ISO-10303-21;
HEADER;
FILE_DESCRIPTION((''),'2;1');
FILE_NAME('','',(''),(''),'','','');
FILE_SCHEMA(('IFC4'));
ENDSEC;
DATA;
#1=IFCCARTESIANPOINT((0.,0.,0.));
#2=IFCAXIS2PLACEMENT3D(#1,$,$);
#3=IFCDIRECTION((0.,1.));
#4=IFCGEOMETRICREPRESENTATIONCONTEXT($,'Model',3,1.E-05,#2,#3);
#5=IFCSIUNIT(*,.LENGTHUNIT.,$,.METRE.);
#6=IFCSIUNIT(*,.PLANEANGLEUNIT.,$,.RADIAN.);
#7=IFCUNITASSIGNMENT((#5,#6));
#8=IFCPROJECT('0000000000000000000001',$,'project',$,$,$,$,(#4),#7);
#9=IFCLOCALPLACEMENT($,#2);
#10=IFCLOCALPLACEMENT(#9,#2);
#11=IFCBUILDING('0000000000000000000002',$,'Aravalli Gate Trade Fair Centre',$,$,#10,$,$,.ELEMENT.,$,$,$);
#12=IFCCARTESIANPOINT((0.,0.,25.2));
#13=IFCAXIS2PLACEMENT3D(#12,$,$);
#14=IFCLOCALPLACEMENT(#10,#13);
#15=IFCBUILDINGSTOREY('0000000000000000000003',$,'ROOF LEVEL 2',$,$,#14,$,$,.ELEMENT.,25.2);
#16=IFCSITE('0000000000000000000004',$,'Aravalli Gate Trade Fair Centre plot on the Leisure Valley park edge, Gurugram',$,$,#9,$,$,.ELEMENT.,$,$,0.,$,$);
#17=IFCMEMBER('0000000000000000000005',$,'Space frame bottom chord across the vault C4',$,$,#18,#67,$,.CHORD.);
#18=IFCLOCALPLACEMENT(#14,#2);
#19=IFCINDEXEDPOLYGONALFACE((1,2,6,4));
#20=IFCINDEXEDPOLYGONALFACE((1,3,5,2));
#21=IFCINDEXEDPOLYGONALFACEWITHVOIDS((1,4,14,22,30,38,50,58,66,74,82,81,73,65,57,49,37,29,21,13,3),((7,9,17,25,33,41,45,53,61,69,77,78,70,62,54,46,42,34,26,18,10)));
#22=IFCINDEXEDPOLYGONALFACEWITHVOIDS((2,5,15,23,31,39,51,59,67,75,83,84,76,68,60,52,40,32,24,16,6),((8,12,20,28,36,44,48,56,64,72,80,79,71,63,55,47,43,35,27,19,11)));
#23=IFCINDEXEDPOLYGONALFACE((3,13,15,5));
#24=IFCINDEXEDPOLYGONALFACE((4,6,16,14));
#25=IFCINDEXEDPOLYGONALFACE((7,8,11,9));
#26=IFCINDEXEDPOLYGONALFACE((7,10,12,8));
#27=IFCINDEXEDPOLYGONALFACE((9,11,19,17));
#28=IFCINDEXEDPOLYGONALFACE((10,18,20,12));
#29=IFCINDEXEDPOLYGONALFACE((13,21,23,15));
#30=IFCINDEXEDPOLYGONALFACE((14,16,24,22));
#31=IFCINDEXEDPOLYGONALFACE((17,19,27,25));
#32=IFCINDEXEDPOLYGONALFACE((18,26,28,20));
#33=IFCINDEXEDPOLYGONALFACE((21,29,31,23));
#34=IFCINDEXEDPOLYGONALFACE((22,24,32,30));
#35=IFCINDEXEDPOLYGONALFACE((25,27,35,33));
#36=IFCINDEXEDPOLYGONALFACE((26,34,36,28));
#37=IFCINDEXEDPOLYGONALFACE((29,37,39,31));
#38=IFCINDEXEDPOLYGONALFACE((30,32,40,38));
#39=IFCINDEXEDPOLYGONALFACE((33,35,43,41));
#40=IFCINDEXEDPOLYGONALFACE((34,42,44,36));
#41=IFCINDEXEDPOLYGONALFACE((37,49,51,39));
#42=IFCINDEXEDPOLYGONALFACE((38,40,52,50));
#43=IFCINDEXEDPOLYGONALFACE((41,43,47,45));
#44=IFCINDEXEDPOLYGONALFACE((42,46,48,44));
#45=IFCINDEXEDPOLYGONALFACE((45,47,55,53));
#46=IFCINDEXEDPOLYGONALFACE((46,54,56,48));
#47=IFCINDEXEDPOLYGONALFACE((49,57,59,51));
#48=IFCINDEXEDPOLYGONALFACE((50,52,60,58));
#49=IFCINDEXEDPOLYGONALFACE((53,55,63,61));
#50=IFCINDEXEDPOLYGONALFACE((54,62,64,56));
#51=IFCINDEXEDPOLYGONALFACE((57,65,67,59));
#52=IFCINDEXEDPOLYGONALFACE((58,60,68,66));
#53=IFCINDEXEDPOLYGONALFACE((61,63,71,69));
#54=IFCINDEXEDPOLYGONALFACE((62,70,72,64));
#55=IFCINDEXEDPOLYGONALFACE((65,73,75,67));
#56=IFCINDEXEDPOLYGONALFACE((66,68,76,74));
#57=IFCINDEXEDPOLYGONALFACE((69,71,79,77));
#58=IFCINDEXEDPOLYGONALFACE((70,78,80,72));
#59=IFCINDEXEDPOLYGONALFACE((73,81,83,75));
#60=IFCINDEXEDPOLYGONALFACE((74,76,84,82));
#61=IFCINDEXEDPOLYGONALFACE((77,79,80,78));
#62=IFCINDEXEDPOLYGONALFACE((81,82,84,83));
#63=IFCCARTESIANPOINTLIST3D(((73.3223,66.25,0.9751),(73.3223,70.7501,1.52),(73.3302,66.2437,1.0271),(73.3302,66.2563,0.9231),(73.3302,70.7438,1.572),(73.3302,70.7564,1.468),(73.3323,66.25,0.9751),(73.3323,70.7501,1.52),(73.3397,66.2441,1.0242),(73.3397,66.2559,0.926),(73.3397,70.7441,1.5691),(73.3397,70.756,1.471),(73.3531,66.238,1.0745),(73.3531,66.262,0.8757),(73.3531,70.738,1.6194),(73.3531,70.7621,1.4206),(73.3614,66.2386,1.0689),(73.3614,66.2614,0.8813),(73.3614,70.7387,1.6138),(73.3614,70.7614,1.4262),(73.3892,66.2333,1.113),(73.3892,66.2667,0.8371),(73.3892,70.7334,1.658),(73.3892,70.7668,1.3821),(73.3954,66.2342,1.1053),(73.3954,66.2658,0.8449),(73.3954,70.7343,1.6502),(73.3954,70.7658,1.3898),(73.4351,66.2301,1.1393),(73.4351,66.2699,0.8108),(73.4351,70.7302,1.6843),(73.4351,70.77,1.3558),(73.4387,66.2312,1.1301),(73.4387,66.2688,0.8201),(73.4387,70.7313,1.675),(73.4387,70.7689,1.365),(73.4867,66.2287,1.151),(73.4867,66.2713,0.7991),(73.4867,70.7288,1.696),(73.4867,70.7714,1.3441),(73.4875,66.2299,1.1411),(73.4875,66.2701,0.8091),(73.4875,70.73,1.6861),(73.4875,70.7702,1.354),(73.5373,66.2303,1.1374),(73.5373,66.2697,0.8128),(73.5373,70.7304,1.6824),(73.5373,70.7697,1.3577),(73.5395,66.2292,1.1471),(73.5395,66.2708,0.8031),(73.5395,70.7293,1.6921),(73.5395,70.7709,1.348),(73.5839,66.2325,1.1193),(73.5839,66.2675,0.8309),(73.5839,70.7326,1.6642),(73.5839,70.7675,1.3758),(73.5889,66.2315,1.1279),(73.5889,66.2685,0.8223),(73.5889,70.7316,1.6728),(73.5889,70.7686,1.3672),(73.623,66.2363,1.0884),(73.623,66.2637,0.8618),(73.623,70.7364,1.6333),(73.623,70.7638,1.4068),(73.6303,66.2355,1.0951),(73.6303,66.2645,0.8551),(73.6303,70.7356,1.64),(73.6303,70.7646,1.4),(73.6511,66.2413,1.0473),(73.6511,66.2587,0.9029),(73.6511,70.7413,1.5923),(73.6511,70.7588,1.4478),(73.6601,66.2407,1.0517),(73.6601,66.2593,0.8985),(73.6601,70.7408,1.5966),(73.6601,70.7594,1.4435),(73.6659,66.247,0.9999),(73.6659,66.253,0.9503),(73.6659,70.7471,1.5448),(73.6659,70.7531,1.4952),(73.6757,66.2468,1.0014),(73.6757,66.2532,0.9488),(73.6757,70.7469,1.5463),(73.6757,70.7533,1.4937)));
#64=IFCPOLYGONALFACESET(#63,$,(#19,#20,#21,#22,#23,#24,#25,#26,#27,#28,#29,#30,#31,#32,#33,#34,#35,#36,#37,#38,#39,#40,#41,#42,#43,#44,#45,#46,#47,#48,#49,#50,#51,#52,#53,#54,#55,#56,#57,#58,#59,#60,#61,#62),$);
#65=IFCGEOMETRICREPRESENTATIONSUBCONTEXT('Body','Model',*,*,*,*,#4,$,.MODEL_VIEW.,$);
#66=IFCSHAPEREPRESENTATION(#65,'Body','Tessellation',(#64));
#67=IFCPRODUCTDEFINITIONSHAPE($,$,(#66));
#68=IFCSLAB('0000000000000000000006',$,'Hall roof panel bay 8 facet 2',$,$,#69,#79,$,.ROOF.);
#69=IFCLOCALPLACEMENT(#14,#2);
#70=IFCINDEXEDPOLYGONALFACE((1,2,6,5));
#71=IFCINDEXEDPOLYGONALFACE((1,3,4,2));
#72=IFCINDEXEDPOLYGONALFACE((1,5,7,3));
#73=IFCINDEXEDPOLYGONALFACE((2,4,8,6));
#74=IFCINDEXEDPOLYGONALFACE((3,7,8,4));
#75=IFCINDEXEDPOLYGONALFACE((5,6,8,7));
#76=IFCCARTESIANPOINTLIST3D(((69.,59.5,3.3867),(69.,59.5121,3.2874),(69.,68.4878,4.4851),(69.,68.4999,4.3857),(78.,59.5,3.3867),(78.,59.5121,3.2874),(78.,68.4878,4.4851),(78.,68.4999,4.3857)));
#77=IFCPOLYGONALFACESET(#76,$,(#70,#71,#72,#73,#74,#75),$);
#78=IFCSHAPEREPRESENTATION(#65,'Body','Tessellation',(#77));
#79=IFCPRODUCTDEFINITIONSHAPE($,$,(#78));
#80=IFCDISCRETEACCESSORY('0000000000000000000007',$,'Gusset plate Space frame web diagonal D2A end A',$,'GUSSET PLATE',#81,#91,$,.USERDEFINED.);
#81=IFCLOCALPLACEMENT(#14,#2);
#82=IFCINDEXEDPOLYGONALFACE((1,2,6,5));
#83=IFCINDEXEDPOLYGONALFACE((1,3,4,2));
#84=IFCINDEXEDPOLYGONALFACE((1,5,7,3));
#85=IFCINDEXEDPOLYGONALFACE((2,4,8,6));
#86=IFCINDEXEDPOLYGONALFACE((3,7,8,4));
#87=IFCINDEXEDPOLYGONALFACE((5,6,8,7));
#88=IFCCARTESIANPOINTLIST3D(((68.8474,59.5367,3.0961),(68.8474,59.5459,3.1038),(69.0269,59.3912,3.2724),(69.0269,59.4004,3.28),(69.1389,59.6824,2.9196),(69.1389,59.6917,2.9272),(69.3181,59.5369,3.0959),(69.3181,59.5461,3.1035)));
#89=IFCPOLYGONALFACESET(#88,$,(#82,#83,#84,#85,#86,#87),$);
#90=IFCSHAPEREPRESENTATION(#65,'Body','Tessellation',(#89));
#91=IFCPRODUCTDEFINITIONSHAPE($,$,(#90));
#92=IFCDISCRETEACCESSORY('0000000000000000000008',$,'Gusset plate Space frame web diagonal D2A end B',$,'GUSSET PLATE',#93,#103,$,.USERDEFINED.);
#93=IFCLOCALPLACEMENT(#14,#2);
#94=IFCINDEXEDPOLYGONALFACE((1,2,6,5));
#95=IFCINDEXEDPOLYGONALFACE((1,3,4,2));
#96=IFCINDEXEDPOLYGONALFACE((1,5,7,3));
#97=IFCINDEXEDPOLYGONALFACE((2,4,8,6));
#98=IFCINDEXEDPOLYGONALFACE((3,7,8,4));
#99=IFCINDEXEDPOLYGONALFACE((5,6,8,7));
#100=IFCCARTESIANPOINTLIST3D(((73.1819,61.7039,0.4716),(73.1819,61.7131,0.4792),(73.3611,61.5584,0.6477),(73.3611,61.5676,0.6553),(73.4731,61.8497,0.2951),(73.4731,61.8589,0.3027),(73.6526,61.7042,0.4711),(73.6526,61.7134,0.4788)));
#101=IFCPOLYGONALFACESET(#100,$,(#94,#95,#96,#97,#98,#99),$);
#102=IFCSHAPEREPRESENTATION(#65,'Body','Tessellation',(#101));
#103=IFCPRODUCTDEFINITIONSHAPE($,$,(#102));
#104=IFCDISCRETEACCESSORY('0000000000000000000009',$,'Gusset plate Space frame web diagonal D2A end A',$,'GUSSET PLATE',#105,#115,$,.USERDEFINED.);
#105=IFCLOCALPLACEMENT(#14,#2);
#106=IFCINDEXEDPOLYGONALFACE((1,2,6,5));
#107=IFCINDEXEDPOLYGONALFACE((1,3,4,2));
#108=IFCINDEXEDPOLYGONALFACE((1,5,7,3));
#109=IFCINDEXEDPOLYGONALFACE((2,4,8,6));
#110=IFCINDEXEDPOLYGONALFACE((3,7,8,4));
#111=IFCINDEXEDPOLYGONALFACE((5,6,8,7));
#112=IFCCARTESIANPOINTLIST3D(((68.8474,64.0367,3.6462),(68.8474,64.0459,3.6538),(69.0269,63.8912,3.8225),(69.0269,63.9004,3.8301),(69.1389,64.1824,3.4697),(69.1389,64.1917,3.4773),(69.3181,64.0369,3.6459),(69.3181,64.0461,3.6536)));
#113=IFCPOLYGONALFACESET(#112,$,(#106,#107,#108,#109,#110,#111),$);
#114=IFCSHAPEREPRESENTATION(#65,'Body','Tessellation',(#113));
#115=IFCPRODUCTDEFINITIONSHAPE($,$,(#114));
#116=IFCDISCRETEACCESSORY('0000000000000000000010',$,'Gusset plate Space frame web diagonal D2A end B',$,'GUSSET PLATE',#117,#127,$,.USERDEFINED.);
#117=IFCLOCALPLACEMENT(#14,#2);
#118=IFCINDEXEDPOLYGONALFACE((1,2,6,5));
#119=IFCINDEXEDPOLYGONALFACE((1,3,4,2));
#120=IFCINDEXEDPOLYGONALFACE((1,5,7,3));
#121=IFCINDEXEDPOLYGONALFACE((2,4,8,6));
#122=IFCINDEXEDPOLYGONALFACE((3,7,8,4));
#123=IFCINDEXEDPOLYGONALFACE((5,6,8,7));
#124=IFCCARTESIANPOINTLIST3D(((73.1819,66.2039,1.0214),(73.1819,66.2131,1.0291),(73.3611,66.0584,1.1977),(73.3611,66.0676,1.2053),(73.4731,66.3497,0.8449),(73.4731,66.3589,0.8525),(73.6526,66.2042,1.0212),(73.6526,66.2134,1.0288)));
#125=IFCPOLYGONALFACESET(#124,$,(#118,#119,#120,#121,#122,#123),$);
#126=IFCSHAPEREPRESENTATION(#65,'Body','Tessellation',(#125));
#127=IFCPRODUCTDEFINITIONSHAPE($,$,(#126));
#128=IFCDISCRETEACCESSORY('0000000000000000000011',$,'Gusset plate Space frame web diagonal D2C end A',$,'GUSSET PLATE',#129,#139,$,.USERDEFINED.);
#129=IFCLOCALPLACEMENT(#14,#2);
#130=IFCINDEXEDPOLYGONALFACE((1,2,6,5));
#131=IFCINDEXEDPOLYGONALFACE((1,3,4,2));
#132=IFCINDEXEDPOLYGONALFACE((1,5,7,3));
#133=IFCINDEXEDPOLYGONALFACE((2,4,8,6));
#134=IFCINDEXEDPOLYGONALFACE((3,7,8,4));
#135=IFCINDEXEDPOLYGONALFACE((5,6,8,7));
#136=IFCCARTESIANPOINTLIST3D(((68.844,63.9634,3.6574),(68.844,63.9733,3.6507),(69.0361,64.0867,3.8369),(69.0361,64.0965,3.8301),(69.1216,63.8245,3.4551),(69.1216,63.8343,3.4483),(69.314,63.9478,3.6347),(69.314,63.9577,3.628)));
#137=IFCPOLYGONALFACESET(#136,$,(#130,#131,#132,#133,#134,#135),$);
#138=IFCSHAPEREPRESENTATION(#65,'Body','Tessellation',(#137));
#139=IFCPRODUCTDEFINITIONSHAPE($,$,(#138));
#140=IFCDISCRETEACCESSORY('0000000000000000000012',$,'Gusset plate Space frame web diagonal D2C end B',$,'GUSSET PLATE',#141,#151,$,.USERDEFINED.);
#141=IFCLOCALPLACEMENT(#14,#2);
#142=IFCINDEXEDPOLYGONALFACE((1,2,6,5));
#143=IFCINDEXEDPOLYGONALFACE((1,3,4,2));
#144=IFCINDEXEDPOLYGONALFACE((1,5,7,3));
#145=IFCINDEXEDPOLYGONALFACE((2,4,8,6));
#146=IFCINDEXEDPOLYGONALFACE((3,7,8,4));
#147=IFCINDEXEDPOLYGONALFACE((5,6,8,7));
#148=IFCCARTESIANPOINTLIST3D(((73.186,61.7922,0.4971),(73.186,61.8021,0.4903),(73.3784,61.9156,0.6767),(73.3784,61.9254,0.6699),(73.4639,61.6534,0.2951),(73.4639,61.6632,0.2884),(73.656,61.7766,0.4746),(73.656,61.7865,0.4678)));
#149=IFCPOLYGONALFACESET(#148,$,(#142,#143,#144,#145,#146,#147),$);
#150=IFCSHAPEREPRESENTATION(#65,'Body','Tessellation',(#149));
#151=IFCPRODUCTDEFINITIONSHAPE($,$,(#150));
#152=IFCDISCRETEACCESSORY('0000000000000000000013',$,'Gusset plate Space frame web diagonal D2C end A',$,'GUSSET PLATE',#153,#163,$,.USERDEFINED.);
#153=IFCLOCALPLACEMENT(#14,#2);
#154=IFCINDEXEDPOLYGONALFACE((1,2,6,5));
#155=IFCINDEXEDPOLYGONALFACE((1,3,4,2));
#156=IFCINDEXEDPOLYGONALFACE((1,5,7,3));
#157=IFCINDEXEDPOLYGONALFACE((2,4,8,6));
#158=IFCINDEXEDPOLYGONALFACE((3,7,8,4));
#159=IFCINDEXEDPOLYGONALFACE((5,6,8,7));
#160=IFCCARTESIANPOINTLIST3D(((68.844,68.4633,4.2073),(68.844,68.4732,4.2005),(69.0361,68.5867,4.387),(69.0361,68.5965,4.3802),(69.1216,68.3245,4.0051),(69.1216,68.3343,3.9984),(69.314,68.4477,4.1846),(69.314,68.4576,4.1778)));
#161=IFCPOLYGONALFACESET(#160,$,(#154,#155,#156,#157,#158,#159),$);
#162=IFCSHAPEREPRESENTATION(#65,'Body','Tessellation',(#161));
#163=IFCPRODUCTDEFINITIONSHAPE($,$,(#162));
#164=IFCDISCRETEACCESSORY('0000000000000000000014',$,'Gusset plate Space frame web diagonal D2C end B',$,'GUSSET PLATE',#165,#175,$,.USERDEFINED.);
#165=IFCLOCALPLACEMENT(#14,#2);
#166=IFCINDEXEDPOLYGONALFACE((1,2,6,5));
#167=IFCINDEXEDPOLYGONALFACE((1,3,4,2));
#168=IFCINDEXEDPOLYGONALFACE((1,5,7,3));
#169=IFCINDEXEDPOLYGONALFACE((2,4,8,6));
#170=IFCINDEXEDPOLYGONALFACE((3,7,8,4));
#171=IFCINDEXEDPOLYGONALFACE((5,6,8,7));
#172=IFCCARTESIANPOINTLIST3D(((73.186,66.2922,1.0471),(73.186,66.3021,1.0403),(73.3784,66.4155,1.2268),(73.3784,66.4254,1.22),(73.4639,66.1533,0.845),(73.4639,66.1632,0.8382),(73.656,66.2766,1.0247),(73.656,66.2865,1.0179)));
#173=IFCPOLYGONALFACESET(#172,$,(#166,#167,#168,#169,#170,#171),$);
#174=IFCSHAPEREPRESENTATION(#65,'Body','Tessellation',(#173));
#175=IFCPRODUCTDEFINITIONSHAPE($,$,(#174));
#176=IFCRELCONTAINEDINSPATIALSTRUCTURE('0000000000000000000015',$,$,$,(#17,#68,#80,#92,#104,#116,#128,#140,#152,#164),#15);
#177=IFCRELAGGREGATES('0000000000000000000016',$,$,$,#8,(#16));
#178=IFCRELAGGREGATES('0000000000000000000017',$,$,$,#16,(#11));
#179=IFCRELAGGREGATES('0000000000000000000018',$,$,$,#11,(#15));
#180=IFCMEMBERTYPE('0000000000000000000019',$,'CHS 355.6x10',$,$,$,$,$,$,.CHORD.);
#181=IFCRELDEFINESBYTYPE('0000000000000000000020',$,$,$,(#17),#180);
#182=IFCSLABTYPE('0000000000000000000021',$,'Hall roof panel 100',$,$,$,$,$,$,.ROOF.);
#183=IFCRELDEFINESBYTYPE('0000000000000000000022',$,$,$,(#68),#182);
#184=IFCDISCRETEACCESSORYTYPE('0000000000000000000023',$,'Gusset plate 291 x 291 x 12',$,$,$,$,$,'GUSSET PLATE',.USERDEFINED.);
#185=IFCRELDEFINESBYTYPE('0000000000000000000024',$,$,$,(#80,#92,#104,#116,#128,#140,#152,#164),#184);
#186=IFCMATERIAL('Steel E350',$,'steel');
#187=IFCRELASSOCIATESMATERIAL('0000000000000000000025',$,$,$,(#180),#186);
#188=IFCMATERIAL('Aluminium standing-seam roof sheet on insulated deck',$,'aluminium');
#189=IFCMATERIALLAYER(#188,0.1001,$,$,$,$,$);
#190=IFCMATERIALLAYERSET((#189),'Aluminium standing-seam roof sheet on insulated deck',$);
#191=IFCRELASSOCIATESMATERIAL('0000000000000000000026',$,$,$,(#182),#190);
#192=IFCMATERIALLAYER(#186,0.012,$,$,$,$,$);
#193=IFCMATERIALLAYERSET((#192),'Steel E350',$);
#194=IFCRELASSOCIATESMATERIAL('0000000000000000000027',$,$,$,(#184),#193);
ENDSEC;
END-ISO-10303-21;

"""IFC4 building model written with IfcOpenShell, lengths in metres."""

from ifc_helpers import new_model, si_unit, direction, frame, origin, origin_2d, place, context, subcontext, project, spatial, polyline, hollow_circle, outline, extrude, material, layer, layer_set, material_profile, profile_set, type_object, element, save


model = new_model("IFC4")

# Units and contexts
model_context = context("Model", 3, precision=1e-05, world=origin(), true_north=direction((0.0, 1.0)))
body_context = subcontext(model_context, "Body", "Model", "MODEL_VIEW")
ifc_project = project(units=[si_unit("LENGTHUNIT", "METRE"), si_unit("PLANEANGLEUNIT", "RADIAN")], contexts=[model_context])

# Site, building, storey
site_placement = place(None, origin())
site = spatial("IfcSite", under=ifc_project, at=site_placement, Name="Aravalli Gate Trade Fair Centre plot on the Leisure Valley park edge, Gurugram", CompositionType="ELEMENT", RefElevation=0.0)
building_placement = place(site_placement, origin())
building = spatial("IfcBuilding", under=site, at=building_placement, Name="Aravalli Gate Trade Fair Centre", CompositionType="ELEMENT")
storey_placement = place(building_placement, frame((0.0, 0.0, 25.2)))
storey = spatial("IfcBuildingStorey", under=building, at=storey_placement, Name="ROOF LEVEL 2", CompositionType="ELEMENT", Elevation=25.2)

# Member
ifc_material_1 = material(Name="Steel E350", Category="steel")
ifc_material_profile_1 = material_profile(ifc_material_1, hollow_circle(Radius=0.1777, WallThickness=0.01, at=origin_2d()), Name="CHS 355.6x10")
ifc_profile_set_1 = profile_set([ifc_material_profile_1], Name="Steel E350")
member_type_1 = type_object("IfcMemberType", Name="CHS 355.6x10", PredefinedType="CHORD", material=ifc_profile_set_1)
member_1_placement = place(storey_placement, frame((73.5, 66.25, 0.9751), z_axis=(0.0, 0.992748, 0.120216), x_axis=(-1.0, 0.0, 0.0)))
element("IfcMember", 1, at=member_1_placement, inside=storey, type_object=member_type_1, Name="Space frame bottom chord across the vault C4", PredefinedType="CHORD", context=body_context, shape_type="SweptSolid", body=[
    extrude(hollow_circle(Radius=0.1777, WallThickness=0.01, at=origin_2d()), origin(), (0.0, 0.0, 1.0), 4.533),
])

# Slab
ifc_material_2 = material(Name="Aluminium standing-seam roof sheet on insulated deck", Category="aluminium")
ifc_layer_1 = layer(ifc_material_2, 0.1001)
ifc_layer_set_1 = layer_set([ifc_layer_1], Name="Aluminium standing-seam roof sheet on insulated deck")
slab_type = type_object("IfcSlabType", Name="Hall roof panel 100", PredefinedType="ROOF", material=ifc_layer_set_1)
slab_placement = place(storey_placement, frame((69.0, 59.5, 3.3867), z_axis=(0.0, -0.121306, 0.992615), x_axis=(1.0, 0.0, 0.0)))
element("IfcSlab", 2, at=slab_placement, inside=storey, type_object=slab_type, Name="Hall roof panel bay 8 facet 2", PredefinedType="ROOF", context=body_context, shape_type="SweptSolid", body=[
    extrude(outline(polyline([(0.0, 0.0), (9.0, 0.0), (9.0, 9.0547), (0.0, 9.0547), (0.0, 0.0)])), origin(), (0.0, 0.0, -1.0), 0.1001),
])

# Discrete accessories
ifc_layer_2 = layer(ifc_material_1, 0.012)
ifc_layer_set_2 = layer_set([ifc_layer_2], Name="Steel E350")
discrete_accessory_type = type_object("IfcDiscreteAccessoryType", Name="Gusset plate 291 x 291 x 12", ElementType="GUSSET PLATE", PredefinedType="USERDEFINED", material=ifc_layer_set_2)
discrete_accessory_1_placement = place(storey_placement, frame((69.1389, 59.6917, 2.9272), z_axis=(-0.00007, 0.771155, 0.636648), x_axis=(-0.786484, -0.393242, 0.476238)))
element("IfcDiscreteAccessory", 3, at=discrete_accessory_1_placement, inside=storey, type_object=discrete_accessory_type, Name="Gusset plate Space frame web diagonal D2A end A", ObjectType="GUSSET PLATE", PredefinedType="USERDEFINED", context=body_context, shape_type="SweptSolid", body=[
    extrude(outline(polyline([(0.0, 0.0), (0.3706, 0.0), (0.3707, 0.2906), (0.0002, 0.2904), (0.0, 0.0)])), origin(), (0.0, 0.0, -1.0), 0.012),
])
discrete_accessory_2_placement = place(storey_placement, frame((73.1819, 61.7131, 0.4792), z_axis=(0.000261, 0.770887, 0.636972), x_axis=(0.786233, 0.393446, -0.476485)))
element("IfcDiscreteAccessory", 4, at=discrete_accessory_2_placement, inside=storey, type_object=discrete_accessory_type, Name="Gusset plate Space frame web diagonal D2A end B", ObjectType="GUSSET PLATE", PredefinedType="USERDEFINED", context=body_context, shape_type="SweptSolid", body=[
    extrude(outline(polyline([(0.0, 0.0), (0.3704, 0.0), (0.3704, -0.2904), (-0.0002, -0.2903), (0.0, 0.0)])), origin(), (0.0, 0.0, -1.0), 0.012),
])
discrete_accessory_3_placement = place(storey_placement, frame((69.1389, 64.1917, 3.4773), z_axis=(-0.00007, 0.771155, 0.636648), x_axis=(-0.786484, -0.393242, 0.476238)))
element("IfcDiscreteAccessory", 5, at=discrete_accessory_3_placement, inside=storey, type_object=discrete_accessory_type, Name="Gusset plate Space frame web diagonal D2A end A", ObjectType="GUSSET PLATE", PredefinedType="USERDEFINED", context=body_context, shape_type="SweptSolid", body=[
    extrude(outline(polyline([(0.0, 0.0), (0.3706, 0.0), (0.3707, 0.2906), (0.0002, 0.2904), (0.0, 0.0)])), origin(), (0.0, 0.0, -1.0), 0.012),
])
discrete_accessory_4_placement = place(storey_placement, frame((73.1819, 66.2131, 1.0291), z_axis=(-0.00007, 0.771155, 0.636648), x_axis=(0.786233, 0.393446, -0.476485)))
element("IfcDiscreteAccessory", 6, at=discrete_accessory_4_placement, inside=storey, type_object=discrete_accessory_type, Name="Gusset plate Space frame web diagonal D2A end B", ObjectType="GUSSET PLATE", PredefinedType="USERDEFINED", context=body_context, shape_type="SweptSolid", body=[
    extrude(outline(polyline([(0.0, 0.0), (0.3704, 0.0), (0.3703, -0.2906), (-0.0003, -0.2904), (0.0, 0.0)])), origin(), (0.0, 0.0, -1.0), 0.012),
])
discrete_accessory_5_placement = place(storey_placement, frame((69.1216, 63.8245, 3.4551), z_axis=(-0.000059, -0.824356, 0.566072), x_axis=(-0.749102, 0.375034, 0.546073)))
element("IfcDiscreteAccessory", 7, at=discrete_accessory_5_placement, inside=storey, type_object=discrete_accessory_type, Name="Gusset plate Space frame web diagonal D2C end A", ObjectType="GUSSET PLATE", PredefinedType="USERDEFINED", context=body_context, shape_type="SweptSolid", body=[
    extrude(outline(polyline([(0.0, 0.0), (0.3706, 0.0), (0.3709, -0.2904), (0.0002, -0.2907), (0.0, 0.0)])), origin(), (0.0, 0.0, -1.0), 0.012),
])
discrete_accessory_6_placement = place(storey_placement, frame((73.186, 61.7922, 0.4971), z_axis=(-0.000339, -0.824216, 0.566276), x_axis=(0.749929, -0.374811, -0.545089)))
element("IfcDiscreteAccessory", 8, at=discrete_accessory_6_placement, inside=storey, type_object=discrete_accessory_type, Name="Gusset plate Space frame web diagonal D2C end B", ObjectType="GUSSET PLATE", PredefinedType="USERDEFINED", context=body_context, shape_type="SweptSolid", body=[
    extrude(outline(polyline([(0.0, 0.0), (0.3705, 0.0), (0.3705, 0.2904), (0.0001, 0.2907), (0.0, 0.0)])), origin(), (0.0, 0.0, -1.0), 0.012),
])
discrete_accessory_7_placement = place(storey_placement, frame((69.1216, 68.3245, 4.0051), z_axis=(-0.000059, -0.824356, 0.566072), x_axis=(-0.749371, 0.374861, 0.545822)))
element("IfcDiscreteAccessory", 9, at=discrete_accessory_7_placement, inside=storey, type_object=discrete_accessory_type, Name="Gusset plate Space frame web diagonal D2C end A", ObjectType="GUSSET PLATE", PredefinedType="USERDEFINED", context=body_context, shape_type="SweptSolid", body=[
    extrude(outline(polyline([(0.0, 0.0), (0.3704, 0.0), (0.3707, -0.2905), (0.0, -0.2905), (0.0, 0.0)])), origin(), (0.0, 0.0, -1.0), 0.012),
])
discrete_accessory_8_placement = place(storey_placement, frame((73.186, 66.2922, 1.0471), z_axis=(-0.000356, -0.824387, 0.566027), x_axis=(0.74966, -0.37483, -0.545447)))
element("IfcDiscreteAccessory", 10, at=discrete_accessory_8_placement, inside=storey, type_object=discrete_accessory_type, Name="Gusset plate Space frame web diagonal D2C end B", ObjectType="GUSSET PLATE", PredefinedType="USERDEFINED", context=body_context, shape_type="SweptSolid", body=[
    extrude(outline(polyline([(0.0, 0.0), (0.3706, 0.0), (0.3704, 0.2905), (0.0, 0.2907), (0.0, 0.0)])), origin(), (0.0, 0.0, -1.0), 0.012),
])

save(model, "model.ifc")
